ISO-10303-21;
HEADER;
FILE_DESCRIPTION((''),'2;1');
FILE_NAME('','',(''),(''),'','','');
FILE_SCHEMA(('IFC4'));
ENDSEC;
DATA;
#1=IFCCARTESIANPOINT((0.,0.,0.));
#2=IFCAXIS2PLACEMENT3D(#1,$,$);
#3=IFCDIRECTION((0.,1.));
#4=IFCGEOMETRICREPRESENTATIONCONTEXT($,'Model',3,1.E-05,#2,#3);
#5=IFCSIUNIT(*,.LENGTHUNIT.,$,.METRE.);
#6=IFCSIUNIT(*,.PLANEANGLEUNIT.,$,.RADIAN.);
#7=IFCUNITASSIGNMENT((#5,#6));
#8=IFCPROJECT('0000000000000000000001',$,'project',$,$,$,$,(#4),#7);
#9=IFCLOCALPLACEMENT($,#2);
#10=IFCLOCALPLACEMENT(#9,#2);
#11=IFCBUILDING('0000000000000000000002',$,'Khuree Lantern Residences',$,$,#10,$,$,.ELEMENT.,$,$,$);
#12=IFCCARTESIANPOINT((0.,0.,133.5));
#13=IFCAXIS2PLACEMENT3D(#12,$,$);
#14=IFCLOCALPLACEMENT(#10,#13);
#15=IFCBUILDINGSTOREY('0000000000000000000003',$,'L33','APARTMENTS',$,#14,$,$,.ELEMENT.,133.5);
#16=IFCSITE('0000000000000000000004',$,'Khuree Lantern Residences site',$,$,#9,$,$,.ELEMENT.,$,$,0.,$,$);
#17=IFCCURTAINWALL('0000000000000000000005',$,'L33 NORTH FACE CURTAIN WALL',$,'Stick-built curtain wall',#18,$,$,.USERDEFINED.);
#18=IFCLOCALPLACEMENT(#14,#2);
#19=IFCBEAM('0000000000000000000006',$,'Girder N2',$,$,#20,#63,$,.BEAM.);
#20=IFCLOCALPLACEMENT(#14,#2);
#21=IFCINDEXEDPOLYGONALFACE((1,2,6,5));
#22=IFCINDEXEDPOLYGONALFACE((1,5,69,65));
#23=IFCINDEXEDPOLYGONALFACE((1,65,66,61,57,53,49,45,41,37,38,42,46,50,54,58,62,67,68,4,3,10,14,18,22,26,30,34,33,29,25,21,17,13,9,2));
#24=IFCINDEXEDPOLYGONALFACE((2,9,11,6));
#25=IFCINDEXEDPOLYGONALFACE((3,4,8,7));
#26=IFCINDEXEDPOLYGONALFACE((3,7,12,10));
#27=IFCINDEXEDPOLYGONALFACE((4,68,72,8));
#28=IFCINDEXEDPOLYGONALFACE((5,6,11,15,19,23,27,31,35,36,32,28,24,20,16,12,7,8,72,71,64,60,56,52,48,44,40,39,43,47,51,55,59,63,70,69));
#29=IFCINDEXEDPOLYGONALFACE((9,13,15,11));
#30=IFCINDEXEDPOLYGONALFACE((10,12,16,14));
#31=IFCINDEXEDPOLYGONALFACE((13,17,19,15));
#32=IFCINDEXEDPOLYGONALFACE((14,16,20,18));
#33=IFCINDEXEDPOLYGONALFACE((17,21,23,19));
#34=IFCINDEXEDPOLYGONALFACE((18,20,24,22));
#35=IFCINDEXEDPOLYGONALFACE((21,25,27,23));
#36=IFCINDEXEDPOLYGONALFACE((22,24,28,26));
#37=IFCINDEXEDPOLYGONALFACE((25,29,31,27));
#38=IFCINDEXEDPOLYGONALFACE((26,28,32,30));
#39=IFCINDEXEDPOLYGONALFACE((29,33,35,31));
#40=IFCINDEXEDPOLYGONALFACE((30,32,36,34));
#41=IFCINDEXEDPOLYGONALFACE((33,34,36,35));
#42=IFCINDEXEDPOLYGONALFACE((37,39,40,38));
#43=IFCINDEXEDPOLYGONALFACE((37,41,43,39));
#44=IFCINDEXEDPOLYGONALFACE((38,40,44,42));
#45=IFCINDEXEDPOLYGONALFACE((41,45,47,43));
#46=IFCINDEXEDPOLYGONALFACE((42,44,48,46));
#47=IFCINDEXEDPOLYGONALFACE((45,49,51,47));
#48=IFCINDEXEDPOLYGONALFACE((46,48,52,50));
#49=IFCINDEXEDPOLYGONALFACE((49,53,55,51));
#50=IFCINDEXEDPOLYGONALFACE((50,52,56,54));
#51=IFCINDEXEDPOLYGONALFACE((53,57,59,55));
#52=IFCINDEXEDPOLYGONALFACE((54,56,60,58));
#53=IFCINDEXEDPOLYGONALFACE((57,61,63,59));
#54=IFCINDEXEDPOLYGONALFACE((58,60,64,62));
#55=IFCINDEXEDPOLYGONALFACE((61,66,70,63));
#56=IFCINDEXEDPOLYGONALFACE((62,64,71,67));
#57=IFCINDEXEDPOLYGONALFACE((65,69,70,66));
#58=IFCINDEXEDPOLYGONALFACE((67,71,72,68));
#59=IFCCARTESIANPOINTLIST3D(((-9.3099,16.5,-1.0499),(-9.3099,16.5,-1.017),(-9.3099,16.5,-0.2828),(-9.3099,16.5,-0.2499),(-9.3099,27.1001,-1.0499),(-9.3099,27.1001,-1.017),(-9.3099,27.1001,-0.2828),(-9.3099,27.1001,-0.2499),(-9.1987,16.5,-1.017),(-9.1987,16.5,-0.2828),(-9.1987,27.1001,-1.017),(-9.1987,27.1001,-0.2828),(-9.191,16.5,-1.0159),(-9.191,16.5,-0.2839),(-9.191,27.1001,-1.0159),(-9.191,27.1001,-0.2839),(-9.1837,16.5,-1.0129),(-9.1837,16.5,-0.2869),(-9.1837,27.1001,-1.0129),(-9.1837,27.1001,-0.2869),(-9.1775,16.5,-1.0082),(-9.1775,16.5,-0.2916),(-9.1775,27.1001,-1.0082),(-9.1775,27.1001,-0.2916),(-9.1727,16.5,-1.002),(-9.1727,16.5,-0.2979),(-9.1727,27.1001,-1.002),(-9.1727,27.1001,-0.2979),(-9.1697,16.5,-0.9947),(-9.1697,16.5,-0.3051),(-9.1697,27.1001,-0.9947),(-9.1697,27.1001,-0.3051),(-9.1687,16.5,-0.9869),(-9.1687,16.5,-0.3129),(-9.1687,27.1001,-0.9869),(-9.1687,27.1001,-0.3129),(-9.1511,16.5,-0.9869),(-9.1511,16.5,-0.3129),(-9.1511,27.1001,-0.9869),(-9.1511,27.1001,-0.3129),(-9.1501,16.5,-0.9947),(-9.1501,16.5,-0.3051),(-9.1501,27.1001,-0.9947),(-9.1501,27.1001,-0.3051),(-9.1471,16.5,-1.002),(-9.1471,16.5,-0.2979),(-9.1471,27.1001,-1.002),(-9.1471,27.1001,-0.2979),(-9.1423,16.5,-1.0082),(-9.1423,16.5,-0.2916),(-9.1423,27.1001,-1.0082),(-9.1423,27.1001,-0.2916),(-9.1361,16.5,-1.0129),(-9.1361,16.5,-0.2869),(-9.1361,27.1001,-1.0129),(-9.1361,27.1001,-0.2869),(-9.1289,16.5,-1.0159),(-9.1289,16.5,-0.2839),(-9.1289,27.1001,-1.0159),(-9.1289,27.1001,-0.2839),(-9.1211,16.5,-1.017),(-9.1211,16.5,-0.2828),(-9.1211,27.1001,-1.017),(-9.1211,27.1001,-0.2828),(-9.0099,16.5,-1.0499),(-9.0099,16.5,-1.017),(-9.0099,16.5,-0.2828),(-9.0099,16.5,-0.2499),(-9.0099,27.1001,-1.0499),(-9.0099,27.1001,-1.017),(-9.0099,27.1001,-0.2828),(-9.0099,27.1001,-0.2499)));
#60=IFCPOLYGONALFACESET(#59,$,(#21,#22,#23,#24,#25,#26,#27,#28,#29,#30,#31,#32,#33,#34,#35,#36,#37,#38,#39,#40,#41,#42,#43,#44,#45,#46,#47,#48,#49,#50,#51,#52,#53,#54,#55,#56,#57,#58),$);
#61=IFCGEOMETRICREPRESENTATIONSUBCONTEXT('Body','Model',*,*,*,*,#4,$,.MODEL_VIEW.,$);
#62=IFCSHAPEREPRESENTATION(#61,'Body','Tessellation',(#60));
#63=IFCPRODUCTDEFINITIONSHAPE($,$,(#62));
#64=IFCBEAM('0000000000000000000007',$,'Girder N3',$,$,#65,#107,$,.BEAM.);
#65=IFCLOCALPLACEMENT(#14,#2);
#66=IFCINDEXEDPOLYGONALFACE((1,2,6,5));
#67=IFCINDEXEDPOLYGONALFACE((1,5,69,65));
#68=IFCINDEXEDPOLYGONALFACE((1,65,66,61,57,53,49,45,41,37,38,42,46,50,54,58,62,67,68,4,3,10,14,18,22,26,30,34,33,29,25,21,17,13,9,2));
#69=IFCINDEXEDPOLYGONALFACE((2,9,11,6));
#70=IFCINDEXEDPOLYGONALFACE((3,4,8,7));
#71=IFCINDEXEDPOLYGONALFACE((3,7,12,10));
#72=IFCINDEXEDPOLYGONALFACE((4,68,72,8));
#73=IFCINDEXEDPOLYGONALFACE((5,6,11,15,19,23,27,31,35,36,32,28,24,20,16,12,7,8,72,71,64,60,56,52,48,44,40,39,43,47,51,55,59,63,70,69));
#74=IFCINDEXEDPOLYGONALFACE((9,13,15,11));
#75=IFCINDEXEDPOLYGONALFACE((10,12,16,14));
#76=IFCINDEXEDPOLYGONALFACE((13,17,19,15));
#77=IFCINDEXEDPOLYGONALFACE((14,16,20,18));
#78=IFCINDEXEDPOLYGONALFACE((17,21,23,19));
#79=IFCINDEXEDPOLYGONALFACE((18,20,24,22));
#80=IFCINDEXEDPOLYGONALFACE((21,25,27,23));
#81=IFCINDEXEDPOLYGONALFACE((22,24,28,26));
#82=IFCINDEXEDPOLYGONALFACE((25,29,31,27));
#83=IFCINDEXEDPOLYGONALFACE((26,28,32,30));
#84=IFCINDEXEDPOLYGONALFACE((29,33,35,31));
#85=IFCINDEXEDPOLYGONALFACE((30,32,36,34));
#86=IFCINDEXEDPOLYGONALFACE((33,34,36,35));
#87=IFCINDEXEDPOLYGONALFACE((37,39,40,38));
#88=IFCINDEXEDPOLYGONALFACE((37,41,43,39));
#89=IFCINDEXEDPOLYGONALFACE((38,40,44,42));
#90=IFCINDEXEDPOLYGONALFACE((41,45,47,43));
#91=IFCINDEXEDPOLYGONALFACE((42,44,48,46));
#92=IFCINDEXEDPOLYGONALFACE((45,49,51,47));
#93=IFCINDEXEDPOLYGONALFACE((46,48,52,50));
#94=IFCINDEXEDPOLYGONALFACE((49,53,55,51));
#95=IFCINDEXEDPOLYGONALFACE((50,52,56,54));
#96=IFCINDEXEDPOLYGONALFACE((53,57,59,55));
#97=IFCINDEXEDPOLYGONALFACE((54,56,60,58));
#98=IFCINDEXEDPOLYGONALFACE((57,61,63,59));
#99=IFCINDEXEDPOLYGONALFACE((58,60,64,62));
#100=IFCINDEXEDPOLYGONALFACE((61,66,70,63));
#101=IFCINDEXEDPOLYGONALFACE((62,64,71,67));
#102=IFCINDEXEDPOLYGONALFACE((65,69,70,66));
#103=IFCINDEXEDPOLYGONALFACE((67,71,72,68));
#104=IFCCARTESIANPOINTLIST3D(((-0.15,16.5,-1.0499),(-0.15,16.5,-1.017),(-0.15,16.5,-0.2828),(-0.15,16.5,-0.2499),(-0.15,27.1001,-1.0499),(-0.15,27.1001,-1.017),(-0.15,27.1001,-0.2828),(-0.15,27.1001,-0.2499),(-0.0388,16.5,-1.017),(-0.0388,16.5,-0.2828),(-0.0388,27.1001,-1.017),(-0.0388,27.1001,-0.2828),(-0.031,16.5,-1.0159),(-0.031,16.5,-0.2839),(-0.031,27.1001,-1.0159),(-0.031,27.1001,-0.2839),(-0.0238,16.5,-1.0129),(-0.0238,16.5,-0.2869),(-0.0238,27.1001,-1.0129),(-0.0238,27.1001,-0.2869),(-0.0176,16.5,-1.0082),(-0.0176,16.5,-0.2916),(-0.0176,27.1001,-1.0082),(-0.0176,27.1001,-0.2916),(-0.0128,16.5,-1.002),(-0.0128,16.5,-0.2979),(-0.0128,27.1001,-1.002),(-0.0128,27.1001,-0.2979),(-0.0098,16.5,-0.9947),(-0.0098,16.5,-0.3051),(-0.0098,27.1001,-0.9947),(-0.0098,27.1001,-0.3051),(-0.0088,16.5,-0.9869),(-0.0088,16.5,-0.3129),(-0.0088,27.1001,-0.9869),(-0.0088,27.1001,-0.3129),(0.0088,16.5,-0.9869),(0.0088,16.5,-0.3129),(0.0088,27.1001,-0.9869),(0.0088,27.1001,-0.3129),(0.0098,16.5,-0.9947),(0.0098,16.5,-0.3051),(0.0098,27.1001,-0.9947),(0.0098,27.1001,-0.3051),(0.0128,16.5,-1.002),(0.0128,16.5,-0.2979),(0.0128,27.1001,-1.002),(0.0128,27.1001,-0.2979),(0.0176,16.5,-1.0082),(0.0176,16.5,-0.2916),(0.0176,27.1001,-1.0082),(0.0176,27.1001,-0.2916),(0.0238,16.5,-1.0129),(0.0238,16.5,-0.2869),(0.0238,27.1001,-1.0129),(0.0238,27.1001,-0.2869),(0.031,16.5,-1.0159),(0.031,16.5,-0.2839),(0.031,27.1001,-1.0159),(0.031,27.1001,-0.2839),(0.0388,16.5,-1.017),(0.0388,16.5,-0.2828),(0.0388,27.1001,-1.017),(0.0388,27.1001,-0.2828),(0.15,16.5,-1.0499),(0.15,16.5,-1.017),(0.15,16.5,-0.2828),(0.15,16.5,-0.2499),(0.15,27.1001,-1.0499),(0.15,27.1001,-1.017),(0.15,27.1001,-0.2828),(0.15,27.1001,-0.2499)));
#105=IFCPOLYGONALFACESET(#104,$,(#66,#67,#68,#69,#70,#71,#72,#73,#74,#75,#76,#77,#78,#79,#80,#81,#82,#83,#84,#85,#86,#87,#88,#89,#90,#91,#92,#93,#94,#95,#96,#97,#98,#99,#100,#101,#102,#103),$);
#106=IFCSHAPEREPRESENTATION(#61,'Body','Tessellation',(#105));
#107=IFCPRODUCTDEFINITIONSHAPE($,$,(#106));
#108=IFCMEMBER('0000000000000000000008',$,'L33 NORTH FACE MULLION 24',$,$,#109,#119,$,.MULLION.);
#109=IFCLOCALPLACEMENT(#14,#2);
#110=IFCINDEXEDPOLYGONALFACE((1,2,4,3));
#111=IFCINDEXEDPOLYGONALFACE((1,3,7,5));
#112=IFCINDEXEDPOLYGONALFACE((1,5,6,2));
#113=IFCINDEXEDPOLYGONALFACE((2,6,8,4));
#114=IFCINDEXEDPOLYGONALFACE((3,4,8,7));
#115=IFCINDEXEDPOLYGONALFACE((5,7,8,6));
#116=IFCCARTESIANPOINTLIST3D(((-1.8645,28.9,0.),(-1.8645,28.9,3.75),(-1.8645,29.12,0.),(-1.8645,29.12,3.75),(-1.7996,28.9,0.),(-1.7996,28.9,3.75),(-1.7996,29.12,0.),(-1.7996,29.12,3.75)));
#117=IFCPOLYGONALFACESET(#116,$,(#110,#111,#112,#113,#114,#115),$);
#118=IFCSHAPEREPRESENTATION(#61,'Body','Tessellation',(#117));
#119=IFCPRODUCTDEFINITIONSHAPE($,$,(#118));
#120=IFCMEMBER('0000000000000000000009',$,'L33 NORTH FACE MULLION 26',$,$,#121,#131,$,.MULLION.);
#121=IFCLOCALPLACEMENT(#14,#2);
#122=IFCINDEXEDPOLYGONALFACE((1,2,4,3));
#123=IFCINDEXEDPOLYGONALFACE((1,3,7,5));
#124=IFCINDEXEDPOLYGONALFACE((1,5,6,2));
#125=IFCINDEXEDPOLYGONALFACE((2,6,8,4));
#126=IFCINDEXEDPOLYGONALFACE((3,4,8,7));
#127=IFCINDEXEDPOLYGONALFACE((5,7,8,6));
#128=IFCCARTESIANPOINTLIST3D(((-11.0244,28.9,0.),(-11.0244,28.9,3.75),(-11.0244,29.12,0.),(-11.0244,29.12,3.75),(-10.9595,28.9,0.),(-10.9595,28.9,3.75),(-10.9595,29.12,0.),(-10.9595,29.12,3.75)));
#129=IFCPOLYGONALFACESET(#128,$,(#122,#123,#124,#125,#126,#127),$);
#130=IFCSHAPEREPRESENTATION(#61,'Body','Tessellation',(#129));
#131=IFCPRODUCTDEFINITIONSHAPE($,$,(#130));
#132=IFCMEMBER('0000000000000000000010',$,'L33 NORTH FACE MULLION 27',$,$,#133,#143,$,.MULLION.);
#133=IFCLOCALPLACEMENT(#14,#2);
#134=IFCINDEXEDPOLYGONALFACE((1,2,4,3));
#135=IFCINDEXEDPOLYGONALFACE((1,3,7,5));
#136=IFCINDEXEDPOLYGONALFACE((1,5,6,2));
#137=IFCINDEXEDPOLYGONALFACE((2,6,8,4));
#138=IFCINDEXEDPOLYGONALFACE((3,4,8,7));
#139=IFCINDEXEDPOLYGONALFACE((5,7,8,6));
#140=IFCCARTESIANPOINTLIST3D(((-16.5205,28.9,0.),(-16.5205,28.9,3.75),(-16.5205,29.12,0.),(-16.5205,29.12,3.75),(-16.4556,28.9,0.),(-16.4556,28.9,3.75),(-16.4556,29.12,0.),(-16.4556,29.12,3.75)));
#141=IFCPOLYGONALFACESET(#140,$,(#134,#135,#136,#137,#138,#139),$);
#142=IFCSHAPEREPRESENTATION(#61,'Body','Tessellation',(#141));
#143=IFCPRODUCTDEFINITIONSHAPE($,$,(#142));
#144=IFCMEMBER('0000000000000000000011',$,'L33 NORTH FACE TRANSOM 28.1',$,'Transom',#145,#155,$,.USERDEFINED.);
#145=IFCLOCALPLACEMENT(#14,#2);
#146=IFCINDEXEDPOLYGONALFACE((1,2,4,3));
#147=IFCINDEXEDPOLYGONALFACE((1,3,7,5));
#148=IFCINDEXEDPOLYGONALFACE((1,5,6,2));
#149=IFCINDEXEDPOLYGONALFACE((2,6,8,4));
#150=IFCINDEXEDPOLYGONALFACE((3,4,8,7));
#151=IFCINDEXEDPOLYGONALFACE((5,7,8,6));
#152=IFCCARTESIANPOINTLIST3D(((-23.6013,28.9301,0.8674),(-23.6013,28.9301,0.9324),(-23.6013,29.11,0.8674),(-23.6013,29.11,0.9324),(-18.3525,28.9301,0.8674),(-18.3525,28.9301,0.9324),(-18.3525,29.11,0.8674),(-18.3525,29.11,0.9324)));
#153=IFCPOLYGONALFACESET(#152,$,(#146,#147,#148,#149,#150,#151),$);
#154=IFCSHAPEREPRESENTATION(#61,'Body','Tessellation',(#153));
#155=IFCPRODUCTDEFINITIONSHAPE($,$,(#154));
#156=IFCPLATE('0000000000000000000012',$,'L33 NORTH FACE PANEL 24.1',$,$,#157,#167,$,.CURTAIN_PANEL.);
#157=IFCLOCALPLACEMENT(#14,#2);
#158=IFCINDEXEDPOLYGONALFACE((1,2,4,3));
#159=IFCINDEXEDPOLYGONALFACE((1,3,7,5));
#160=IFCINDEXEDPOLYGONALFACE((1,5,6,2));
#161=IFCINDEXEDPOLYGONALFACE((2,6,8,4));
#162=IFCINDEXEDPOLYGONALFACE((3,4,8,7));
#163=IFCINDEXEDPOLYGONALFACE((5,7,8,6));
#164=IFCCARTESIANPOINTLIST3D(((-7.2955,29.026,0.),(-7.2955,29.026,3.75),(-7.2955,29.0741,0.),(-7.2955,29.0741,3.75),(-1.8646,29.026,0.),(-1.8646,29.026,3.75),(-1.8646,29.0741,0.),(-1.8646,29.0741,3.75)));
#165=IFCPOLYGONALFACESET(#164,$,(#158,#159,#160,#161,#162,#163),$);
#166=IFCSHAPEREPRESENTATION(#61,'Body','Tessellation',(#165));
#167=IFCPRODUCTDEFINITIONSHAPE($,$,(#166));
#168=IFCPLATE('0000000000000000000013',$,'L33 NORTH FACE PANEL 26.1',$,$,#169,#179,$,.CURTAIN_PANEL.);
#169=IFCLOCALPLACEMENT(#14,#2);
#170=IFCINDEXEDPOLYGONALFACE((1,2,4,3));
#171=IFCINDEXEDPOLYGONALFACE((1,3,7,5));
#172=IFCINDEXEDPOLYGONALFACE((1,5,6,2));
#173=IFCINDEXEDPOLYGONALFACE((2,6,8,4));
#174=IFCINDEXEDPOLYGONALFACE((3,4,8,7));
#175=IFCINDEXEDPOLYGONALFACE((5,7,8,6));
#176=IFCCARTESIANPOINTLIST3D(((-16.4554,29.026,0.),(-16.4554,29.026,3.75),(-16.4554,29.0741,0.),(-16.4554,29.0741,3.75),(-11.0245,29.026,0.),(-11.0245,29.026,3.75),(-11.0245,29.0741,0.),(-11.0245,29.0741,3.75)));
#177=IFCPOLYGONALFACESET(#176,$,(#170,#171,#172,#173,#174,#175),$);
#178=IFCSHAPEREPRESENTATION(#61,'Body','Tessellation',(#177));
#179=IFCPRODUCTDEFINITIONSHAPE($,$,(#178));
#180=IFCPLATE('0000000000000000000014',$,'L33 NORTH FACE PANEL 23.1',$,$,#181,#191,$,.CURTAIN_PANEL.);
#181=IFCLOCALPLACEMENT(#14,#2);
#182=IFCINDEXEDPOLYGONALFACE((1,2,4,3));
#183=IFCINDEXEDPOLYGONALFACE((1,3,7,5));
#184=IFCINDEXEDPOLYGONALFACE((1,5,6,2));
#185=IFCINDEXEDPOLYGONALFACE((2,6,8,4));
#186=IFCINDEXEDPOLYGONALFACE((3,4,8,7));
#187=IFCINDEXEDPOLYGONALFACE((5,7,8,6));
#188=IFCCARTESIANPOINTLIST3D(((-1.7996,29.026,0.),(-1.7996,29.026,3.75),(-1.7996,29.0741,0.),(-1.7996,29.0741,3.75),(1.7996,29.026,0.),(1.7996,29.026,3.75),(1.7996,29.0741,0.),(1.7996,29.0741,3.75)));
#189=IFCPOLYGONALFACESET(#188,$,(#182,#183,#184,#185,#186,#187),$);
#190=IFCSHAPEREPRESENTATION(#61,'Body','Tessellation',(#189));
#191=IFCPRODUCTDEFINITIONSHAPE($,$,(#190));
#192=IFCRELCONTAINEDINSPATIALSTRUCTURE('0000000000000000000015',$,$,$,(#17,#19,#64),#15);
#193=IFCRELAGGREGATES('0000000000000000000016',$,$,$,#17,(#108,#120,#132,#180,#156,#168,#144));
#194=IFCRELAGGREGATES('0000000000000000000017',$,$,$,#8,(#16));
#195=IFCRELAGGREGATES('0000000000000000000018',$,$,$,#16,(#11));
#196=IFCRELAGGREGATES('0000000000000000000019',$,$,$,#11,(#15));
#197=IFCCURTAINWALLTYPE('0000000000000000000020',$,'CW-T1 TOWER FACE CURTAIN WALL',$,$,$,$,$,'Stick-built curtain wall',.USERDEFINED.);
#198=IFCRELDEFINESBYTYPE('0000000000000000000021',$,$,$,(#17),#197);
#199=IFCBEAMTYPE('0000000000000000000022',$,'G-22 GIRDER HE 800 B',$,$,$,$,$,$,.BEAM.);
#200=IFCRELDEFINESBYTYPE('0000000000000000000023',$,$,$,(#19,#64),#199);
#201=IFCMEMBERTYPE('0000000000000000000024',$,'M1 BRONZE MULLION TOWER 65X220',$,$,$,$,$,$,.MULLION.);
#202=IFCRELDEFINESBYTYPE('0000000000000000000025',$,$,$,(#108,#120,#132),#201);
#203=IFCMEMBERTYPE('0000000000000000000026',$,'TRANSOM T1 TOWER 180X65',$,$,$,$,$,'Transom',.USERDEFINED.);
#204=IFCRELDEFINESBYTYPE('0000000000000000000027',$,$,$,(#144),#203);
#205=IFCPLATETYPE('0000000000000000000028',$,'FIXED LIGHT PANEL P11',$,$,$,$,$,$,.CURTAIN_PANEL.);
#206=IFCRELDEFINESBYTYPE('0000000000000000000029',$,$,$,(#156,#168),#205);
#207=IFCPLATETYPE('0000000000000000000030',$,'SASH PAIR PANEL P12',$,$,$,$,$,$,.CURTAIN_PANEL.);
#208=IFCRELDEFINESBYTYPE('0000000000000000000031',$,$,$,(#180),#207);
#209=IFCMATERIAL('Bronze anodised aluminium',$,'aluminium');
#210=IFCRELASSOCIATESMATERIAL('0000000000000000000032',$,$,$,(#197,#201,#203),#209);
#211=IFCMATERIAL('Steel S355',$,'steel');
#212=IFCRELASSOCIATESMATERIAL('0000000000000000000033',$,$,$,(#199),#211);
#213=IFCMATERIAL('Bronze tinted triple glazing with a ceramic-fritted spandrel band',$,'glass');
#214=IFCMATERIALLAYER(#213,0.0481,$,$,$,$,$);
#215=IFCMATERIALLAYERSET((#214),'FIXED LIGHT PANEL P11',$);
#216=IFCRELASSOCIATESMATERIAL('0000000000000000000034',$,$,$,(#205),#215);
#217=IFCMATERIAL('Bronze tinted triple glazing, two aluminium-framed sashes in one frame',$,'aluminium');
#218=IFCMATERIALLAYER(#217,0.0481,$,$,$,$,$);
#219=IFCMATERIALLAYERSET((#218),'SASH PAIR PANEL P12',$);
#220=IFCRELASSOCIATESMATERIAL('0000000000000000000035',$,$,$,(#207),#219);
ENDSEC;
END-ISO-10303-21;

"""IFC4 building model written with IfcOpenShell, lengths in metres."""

from ifc_helpers import new_model, si_unit, direction, frame, origin, origin_2d, place, context, subcontext, project, spatial, rectangle, i_section, extrude, material, layer, layer_set, material_profile, profile_set, type_object, element, aggregate, save


model = new_model("IFC4")

# Units and contexts
model_context = context("Model", 3, precision=1e-05, world=origin(), true_north=direction((0.0, 1.0)))
body_context = subcontext(model_context, "Body", "Model", "MODEL_VIEW")
ifc_project = project(units=[si_unit("LENGTHUNIT", "METRE"), si_unit("PLANEANGLEUNIT", "RADIAN")], contexts=[model_context])

# Site, building, storey
site_placement = place(None, origin())
site = spatial("IfcSite", under=ifc_project, at=site_placement, Name="Khuree Lantern Residences site", CompositionType="ELEMENT", RefElevation=0.0)
building_placement = place(site_placement, origin())
building = spatial("IfcBuilding", under=site, at=building_placement, Name="Khuree Lantern Residences", CompositionType="ELEMENT")
storey_placement = place(building_placement, frame((0.0, 0.0, 133.5)))
storey = spatial("IfcBuildingStorey", under=building, at=storey_placement, Name="L33", Description="APARTMENTS", CompositionType="ELEMENT", Elevation=133.5)

# Shared definitions
ifc_material_1 = material(Name="Steel S355", Category="steel")

# Curtain wall
ifc_material_2 = material(Name="Bronze anodised aluminium", Category="aluminium")
curtain_wall_type = type_object("IfcCurtainWallType", Name="CW-T1 TOWER FACE CURTAIN WALL", ElementType="Stick-built curtain wall", PredefinedType="USERDEFINED", material=ifc_material_2)
curtain_wall_placement = place(storey_placement, origin())
curtain_wall = element("IfcCurtainWall", 1, at=curtain_wall_placement, inside=storey, type_object=curtain_wall_type, Name="L33 NORTH FACE CURTAIN WALL", ObjectType="Stick-built curtain wall", PredefinedType="USERDEFINED")

# Beams
ifc_material_profile_1 = material_profile(ifc_material_1, i_section(OverallWidth=0.3, OverallDepth=0.8, WebThickness=0.0176, FlangeThickness=0.033, FilletRadius=0.03, at=origin_2d()), Name="HE 800 B")
ifc_profile_set_1 = profile_set([ifc_material_profile_1], Name="Steel S355")
beam_type_1 = type_object("IfcBeamType", Name="G-22 GIRDER HE 800 B", PredefinedType="BEAM", material=ifc_profile_set_1)
for number, where, z_axis, x_axis, name in (
    (2, (-9.1599, 27.1001, -0.6499), (0.0, -1.0, 0.0), (1.0, 0.0, 0.0), "Girder N2"),
    (3, (0.0, 27.1001, -0.6499), (0.0, -1.0, 0.0), (1.0, 0.0, 0.0), "Girder N3"),
):
    element("IfcBeam", number, at=place(storey_placement, frame(where, z_axis=z_axis, x_axis=x_axis)), inside=storey, type_object=beam_type_1, Name=name, PredefinedType="BEAM", context=body_context, shape_type="SweptSolid", body=[
        extrude(i_section(OverallWidth=0.3, OverallDepth=0.8, WebThickness=0.0176, FlangeThickness=0.033, FilletRadius=0.03, at=origin_2d()), origin(), (0.0, 0.0, 1.0), 10.6001),
    ])

# Members
ifc_material_profile_2 = material_profile(ifc_material_2, rectangle(XDim=0.0649, YDim=0.22, at=origin_2d()), Name="M1 65X220")
ifc_profile_set_2 = profile_set([ifc_material_profile_2], Name="Bronze anodised aluminium")
member_type_1 = type_object("IfcMemberType", Name="M1 BRONZE MULLION TOWER 65X220", PredefinedType="MULLION", material=ifc_profile_set_2)
member_1_placement = place(storey_placement, frame((-1.832, 29.01, 0.0), z_axis=(0.0, 0.0, 1.0), x_axis=(-1.0, 0.0, 0.0)))
member_1 = element("IfcMember", 4, at=member_1_placement, type_object=member_type_1, Name="L33 NORTH FACE MULLION 24", PredefinedType="MULLION", context=body_context, shape_type="SweptSolid", body=[
    extrude(rectangle(XDim=0.0649, YDim=0.22, at=origin_2d()), origin(), (0.0, 0.0, 1.0), 3.75),
])
member_2_placement = place(storey_placement, frame((-10.9919, 29.01, 0.0), z_axis=(0.0, 0.0, 1.0), x_axis=(-1.0, 0.0, 0.0)))
member_2 = element("IfcMember", 5, at=member_2_placement, type_object=member_type_1, Name="L33 NORTH FACE MULLION 26", PredefinedType="MULLION", context=body_context, shape_type="SweptSolid", body=[
    extrude(rectangle(XDim=0.0649, YDim=0.22, at=origin_2d()), origin(), (0.0, 0.0, 1.0), 3.75),
])
member_3_placement = place(storey_placement, frame((-16.488, 29.01, 0.0), z_axis=(0.0, 0.0, 1.0), x_axis=(-1.0, 0.0, 0.0)))
member_3 = element("IfcMember", 6, at=member_3_placement, type_object=member_type_1, Name="L33 NORTH FACE MULLION 27", PredefinedType="MULLION", context=body_context, shape_type="SweptSolid", body=[
    extrude(rectangle(XDim=0.0649, YDim=0.22, at=origin_2d()), origin(), (0.0, 0.0, 1.0), 3.75),
])
ifc_material_profile_3 = material_profile(ifc_material_2, rectangle(XDim=0.1799, YDim=0.0649, at=origin_2d()), Name="T1 180X65")
ifc_profile_set_3 = profile_set([ifc_material_profile_3], Name="Bronze anodised aluminium")
member_type_2 = type_object("IfcMemberType", Name="TRANSOM T1 TOWER 180X65", ElementType="Transom", PredefinedType="USERDEFINED", material=ifc_profile_set_3)
member_4_placement = place(storey_placement, frame((-18.3525, 29.02, 0.8999), z_axis=(-1.0, 0.0, 0.0), x_axis=(0.0, -1.0, 0.0)))
member_4 = element("IfcMember", 7, at=member_4_placement, type_object=member_type_2, Name="L33 NORTH FACE TRANSOM 28.1", ObjectType="Transom", PredefinedType="USERDEFINED", context=body_context, shape_type="SweptSolid", body=[
    extrude(rectangle(XDim=0.1799, YDim=0.0649, at=origin_2d()), origin(), (0.0, 0.0, 1.0), 5.2488),
])

# Plates
ifc_material_3 = material(Name="Bronze tinted triple glazing with a ceramic-fritted spandrel band", Category="glass")
ifc_layer_1 = layer(ifc_material_3, 0.0481)
ifc_layer_set_1 = layer_set([ifc_layer_1], Name="FIXED LIGHT PANEL P11")
plate_type_1 = type_object("IfcPlateType", Name="FIXED LIGHT PANEL P11", PredefinedType="CURTAIN_PANEL", material=ifc_layer_set_1)
plate_1_placement = place(storey_placement, frame((-4.5801, 29.05, 0.0), z_axis=(0.0, 0.0, 1.0), x_axis=(-1.0, 0.0, 0.0)))
plate_1 = element("IfcPlate", 8, at=plate_1_placement, type_object=plate_type_1, Name="L33 NORTH FACE PANEL 24.1", PredefinedType="CURTAIN_PANEL", context=body_context, shape_type="SweptSolid", body=[
    extrude(rectangle(XDim=5.4309, YDim=0.0481, at=origin_2d()), origin(), (0.0, 0.0, 1.0), 3.75),
])
plate_2_placement = place(storey_placement, frame((-13.74, 29.05, 0.0), z_axis=(0.0, 0.0, 1.0), x_axis=(-1.0, 0.0, 0.0)))
plate_2 = element("IfcPlate", 9, at=plate_2_placement, type_object=plate_type_1, Name="L33 NORTH FACE PANEL 26.1", PredefinedType="CURTAIN_PANEL", context=body_context, shape_type="SweptSolid", body=[
    extrude(rectangle(XDim=5.4309, YDim=0.0481, at=origin_2d()), origin(), (0.0, 0.0, 1.0), 3.75),
])
ifc_material_4 = material(Name="Bronze tinted triple glazing, two aluminium-framed sashes in one frame", Category="aluminium")
ifc_layer_2 = layer(ifc_material_4, 0.0481)
ifc_layer_set_2 = layer_set([ifc_layer_2], Name="SASH PAIR PANEL P12")
plate_type_2 = type_object("IfcPlateType", Name="SASH PAIR PANEL P12", PredefinedType="CURTAIN_PANEL", material=ifc_layer_set_2)
plate_3_placement = place(storey_placement, frame((0.0, 29.05, 0.0), z_axis=(0.0, 0.0, 1.0), x_axis=(-1.0, 0.0, 0.0)))
plate_3 = element("IfcPlate", 10, at=plate_3_placement, type_object=plate_type_2, Name="L33 NORTH FACE PANEL 23.1", PredefinedType="CURTAIN_PANEL", context=body_context, shape_type="SweptSolid", body=[
    extrude(rectangle(XDim=3.5991, YDim=0.0481, at=origin_2d()), origin(), (0.0, 0.0, 1.0), 3.75),
])
aggregate(curtain_wall, [member_1, member_2, member_3, plate_3, plate_1, plate_2, member_4])

save(model, "model.ifc")
